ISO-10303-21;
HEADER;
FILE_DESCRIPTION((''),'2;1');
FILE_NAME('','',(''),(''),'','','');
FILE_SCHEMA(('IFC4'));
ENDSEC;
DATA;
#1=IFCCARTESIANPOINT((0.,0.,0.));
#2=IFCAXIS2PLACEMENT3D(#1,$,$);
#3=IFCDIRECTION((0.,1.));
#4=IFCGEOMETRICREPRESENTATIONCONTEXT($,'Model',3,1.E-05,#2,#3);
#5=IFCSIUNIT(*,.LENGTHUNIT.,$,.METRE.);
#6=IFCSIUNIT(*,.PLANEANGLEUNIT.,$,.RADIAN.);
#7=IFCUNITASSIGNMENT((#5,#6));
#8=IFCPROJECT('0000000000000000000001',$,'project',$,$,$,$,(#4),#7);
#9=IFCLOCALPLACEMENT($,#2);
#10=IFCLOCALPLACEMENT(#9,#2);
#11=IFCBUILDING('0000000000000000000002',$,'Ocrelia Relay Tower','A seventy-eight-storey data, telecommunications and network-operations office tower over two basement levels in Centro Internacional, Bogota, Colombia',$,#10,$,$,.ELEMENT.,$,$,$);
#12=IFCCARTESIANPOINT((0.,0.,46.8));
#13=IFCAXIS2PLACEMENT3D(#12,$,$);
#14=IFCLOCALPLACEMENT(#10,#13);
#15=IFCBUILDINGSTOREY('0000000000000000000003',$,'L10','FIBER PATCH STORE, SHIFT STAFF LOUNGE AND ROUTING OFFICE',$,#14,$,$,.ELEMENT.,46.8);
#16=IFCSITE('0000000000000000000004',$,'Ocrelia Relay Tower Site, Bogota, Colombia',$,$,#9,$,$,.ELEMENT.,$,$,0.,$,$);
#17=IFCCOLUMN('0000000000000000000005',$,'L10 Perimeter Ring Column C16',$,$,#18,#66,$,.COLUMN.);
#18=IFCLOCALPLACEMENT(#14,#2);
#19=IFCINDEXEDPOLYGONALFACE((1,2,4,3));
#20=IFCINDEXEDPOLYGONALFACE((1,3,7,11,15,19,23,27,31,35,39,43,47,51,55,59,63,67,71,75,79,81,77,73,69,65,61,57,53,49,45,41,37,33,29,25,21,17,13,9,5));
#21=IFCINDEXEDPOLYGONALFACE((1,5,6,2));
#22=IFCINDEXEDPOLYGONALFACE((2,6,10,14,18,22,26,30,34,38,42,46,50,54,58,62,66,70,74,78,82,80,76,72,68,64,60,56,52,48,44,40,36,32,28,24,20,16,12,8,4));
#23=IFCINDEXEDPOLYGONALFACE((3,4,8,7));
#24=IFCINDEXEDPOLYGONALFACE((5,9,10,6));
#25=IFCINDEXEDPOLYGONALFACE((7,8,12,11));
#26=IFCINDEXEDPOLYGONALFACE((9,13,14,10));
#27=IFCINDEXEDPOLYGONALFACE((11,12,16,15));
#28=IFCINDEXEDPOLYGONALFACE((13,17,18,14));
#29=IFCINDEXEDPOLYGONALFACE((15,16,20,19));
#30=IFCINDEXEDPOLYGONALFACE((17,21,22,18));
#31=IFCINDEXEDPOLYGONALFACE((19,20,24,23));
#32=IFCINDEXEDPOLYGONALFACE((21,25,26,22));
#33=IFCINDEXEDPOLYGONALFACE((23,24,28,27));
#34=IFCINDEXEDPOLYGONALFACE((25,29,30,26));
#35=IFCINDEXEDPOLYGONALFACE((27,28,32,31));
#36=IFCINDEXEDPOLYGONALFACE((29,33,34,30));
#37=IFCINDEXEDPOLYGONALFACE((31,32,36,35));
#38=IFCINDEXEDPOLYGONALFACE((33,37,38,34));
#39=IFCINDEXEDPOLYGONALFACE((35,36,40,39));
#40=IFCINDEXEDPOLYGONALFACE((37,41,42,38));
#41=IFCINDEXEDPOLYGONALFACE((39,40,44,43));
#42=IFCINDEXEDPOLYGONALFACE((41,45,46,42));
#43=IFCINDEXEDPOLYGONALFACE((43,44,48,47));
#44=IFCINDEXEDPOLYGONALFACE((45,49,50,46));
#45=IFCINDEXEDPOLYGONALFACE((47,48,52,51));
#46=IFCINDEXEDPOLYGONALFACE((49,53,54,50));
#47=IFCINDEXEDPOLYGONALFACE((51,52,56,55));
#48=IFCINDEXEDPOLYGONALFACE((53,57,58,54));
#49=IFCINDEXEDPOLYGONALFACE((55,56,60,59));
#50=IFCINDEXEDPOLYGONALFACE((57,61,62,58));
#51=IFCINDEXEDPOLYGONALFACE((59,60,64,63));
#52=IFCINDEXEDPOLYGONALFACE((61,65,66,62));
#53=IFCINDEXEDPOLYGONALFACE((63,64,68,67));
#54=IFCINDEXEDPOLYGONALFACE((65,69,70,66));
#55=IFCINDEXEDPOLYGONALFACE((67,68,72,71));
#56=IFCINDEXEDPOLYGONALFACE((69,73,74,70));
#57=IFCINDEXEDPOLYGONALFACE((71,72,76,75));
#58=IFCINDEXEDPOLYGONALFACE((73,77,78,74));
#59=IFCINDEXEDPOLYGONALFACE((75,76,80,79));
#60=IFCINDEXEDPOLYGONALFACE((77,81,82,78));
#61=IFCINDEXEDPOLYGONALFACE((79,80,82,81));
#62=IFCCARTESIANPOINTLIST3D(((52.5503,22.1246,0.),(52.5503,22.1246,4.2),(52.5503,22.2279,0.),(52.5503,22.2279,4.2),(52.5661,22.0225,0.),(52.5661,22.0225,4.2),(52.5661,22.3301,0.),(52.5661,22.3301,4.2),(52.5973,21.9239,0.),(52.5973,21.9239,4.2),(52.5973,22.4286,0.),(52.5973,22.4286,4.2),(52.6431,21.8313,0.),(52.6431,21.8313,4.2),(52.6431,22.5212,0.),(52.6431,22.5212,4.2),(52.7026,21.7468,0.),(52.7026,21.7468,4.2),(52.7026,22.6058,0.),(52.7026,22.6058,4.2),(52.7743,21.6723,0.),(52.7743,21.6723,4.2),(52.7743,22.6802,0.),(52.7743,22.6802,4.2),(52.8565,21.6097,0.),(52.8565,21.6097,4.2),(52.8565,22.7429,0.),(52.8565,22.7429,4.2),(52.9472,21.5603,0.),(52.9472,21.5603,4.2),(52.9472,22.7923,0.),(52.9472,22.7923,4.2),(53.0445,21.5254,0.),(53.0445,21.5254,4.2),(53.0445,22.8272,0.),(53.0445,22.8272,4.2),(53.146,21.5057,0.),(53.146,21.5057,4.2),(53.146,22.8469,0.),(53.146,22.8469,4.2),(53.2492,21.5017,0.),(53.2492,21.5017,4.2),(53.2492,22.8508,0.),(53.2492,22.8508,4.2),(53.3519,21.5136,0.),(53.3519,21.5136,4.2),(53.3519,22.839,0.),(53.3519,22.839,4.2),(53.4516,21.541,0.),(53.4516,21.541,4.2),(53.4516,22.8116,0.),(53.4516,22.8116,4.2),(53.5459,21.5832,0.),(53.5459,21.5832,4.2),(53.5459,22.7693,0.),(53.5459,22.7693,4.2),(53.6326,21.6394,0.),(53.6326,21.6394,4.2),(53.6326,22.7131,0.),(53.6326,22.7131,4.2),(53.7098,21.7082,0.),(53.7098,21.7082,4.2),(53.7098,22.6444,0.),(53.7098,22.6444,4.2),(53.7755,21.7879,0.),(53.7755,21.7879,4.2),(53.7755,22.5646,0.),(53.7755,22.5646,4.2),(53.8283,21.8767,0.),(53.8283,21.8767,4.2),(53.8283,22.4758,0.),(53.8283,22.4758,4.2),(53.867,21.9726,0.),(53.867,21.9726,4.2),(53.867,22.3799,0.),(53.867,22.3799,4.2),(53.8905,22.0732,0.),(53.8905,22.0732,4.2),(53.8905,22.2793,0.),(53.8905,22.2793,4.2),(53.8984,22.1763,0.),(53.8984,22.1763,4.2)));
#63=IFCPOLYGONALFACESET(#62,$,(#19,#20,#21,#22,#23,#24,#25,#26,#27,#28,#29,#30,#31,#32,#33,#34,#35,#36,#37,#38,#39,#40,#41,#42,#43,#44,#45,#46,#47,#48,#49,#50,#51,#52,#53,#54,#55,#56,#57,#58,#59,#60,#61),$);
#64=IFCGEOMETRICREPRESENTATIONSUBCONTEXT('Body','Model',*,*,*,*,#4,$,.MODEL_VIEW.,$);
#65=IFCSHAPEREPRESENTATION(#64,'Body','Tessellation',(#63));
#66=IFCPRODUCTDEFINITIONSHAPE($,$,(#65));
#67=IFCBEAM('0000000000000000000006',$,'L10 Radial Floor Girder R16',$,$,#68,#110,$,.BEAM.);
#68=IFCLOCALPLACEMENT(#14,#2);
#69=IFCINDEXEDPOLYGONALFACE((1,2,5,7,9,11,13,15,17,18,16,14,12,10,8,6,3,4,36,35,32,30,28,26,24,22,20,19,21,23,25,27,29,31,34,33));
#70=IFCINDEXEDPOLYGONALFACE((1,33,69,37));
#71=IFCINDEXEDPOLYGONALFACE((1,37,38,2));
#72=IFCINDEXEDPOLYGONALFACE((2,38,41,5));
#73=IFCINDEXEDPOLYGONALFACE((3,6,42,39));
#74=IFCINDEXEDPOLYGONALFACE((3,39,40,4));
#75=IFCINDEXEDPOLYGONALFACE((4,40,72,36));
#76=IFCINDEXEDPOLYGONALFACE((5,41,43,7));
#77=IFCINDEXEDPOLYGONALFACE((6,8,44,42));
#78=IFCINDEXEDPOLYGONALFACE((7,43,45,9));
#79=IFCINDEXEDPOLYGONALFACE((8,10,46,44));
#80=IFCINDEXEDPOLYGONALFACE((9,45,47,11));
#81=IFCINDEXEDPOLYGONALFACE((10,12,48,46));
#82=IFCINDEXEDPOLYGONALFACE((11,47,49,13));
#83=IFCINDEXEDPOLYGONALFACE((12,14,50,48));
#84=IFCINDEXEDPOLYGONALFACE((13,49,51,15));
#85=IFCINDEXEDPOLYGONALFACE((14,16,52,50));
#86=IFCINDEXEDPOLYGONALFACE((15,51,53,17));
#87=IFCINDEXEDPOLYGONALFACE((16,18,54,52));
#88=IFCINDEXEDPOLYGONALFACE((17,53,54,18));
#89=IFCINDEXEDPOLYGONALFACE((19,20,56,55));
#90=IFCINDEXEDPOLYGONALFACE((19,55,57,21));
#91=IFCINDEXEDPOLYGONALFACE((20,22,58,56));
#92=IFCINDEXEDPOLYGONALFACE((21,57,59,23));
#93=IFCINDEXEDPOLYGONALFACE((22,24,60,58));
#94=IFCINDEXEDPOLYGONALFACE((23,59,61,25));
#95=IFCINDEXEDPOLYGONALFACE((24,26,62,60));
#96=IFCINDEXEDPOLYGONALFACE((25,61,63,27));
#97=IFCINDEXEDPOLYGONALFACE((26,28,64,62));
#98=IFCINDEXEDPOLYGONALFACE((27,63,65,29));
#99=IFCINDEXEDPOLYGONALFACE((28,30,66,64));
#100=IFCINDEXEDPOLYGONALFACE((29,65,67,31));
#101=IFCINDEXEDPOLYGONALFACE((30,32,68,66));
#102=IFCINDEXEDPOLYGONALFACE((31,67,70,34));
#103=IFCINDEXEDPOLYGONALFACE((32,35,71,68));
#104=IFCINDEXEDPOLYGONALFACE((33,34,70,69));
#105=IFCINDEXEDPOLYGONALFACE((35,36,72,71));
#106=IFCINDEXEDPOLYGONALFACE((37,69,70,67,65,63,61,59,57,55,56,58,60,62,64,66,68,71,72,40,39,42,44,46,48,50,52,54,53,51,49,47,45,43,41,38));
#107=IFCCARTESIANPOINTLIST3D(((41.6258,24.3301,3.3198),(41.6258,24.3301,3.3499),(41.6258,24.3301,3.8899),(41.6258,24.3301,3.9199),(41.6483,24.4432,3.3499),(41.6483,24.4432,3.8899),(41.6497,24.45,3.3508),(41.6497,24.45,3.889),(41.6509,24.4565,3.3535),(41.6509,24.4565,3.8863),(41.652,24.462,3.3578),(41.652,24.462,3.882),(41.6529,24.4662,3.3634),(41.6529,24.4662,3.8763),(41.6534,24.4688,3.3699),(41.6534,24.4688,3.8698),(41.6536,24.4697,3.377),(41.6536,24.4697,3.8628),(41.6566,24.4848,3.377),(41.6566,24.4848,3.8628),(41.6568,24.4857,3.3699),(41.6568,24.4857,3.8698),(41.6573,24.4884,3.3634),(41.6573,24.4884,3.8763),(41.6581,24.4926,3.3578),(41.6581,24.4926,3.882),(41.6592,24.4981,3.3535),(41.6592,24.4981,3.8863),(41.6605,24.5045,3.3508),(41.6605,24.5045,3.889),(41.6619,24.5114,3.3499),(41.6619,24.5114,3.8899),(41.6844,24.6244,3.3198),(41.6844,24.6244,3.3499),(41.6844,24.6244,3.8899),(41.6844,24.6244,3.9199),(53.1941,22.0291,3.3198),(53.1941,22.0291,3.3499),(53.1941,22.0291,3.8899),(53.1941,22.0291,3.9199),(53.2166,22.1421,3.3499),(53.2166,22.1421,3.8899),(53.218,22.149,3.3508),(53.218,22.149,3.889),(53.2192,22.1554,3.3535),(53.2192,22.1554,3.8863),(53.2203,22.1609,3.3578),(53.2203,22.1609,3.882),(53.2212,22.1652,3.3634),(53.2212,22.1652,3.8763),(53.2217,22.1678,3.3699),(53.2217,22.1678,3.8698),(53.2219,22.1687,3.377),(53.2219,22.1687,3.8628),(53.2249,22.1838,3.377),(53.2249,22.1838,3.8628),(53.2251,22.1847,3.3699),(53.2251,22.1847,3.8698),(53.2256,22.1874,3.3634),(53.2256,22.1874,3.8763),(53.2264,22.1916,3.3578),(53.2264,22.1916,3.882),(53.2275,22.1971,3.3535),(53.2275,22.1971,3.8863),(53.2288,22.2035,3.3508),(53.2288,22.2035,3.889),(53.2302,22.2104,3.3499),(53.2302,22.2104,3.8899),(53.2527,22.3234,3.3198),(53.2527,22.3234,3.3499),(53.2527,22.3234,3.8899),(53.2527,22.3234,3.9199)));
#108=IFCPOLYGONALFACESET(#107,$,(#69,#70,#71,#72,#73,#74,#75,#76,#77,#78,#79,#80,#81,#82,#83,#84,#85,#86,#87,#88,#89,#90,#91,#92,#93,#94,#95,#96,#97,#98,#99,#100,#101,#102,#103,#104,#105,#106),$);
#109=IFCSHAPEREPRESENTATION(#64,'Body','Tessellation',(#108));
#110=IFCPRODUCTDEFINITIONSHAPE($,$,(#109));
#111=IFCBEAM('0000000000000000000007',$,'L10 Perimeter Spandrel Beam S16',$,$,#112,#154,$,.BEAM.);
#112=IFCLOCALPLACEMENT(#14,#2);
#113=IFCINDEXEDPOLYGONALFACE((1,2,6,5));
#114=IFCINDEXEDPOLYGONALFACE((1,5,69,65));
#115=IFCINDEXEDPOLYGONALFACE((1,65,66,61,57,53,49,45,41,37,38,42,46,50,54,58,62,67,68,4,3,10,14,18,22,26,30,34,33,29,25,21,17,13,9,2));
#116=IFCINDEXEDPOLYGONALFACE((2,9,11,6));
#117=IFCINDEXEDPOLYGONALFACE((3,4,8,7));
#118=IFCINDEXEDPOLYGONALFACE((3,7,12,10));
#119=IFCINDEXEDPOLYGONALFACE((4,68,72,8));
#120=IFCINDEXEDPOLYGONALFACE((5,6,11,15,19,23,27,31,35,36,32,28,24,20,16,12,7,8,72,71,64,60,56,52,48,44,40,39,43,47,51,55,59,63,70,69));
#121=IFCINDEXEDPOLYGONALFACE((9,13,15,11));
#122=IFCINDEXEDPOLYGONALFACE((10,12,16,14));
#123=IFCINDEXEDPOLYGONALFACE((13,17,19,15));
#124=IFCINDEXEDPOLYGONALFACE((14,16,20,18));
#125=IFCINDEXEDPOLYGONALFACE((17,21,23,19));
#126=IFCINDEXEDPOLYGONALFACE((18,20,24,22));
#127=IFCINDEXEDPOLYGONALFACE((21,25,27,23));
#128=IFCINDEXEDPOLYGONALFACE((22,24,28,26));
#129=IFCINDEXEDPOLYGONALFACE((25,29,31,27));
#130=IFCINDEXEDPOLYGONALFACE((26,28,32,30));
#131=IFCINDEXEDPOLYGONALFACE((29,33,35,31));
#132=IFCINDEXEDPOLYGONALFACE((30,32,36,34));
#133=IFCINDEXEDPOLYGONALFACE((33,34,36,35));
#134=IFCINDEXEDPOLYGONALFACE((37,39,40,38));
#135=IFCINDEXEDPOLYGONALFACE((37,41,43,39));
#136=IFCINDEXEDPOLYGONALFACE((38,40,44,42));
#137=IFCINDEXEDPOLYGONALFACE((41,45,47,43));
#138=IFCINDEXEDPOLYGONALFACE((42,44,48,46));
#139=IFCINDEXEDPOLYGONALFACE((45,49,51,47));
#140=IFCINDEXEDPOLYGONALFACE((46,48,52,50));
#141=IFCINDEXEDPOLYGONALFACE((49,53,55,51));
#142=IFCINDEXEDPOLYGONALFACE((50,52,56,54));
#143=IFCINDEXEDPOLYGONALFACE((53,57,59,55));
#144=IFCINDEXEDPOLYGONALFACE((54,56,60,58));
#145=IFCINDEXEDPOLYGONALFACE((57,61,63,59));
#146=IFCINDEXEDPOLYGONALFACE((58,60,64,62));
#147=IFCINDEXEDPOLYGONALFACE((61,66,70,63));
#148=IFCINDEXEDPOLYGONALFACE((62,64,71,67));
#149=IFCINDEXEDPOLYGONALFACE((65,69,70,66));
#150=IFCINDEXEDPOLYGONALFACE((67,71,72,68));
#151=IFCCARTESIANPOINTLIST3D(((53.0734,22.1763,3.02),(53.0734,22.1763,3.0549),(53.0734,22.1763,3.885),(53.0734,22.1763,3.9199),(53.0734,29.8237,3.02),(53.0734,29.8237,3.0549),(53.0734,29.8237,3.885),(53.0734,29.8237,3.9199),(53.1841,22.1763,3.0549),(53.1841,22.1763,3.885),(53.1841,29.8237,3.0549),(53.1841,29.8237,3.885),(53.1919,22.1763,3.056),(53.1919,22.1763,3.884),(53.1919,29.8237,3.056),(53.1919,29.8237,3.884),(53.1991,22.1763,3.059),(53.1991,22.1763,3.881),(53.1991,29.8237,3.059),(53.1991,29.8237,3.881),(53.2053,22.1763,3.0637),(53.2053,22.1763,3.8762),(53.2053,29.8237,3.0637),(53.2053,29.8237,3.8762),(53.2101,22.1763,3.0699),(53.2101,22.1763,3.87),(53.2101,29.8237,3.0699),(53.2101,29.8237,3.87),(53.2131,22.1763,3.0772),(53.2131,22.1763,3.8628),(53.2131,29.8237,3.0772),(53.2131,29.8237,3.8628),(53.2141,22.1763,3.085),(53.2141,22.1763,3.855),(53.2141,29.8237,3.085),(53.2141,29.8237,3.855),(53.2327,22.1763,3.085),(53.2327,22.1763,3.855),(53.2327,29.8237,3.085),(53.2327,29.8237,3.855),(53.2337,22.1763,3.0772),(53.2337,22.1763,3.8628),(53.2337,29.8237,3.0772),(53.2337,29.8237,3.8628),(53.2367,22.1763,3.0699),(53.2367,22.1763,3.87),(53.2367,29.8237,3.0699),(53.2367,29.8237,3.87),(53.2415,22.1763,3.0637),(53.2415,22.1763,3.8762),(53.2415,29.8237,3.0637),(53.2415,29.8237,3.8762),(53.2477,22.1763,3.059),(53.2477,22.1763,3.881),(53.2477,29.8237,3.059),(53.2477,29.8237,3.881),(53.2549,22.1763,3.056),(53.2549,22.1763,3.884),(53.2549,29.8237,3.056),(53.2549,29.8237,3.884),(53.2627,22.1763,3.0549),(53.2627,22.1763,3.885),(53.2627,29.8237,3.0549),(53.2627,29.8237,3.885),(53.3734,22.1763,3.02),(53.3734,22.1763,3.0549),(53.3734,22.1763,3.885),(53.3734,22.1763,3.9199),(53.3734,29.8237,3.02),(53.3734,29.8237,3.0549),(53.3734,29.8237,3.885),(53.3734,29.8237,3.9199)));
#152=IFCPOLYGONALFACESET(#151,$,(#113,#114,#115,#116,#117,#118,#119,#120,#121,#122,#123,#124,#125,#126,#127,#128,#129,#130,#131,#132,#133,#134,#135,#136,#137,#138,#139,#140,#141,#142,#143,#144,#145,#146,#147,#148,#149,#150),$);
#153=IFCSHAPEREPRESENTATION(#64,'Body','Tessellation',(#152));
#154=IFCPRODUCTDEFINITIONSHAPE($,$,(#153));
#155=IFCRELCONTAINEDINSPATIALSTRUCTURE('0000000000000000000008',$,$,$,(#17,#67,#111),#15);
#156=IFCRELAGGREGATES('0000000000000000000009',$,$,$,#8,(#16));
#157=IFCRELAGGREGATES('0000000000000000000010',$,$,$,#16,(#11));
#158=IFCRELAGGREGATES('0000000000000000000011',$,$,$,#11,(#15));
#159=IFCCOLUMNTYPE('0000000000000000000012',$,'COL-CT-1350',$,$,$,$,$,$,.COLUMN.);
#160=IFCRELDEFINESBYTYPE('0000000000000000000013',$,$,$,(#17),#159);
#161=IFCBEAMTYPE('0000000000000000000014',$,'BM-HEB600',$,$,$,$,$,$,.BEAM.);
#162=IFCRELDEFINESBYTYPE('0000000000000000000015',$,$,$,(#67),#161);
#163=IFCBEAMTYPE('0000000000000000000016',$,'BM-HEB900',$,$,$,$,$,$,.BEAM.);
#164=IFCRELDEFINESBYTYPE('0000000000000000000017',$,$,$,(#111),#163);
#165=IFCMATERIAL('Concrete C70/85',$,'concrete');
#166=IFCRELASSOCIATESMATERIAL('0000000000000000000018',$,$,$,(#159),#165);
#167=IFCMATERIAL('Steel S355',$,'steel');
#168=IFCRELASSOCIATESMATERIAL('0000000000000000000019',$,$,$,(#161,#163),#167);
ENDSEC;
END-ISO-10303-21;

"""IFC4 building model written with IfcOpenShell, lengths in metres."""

from ifc_helpers import new_model, si_unit, direction, frame, origin, origin_2d, place, context, subcontext, project, spatial, circle, i_section, extrude, material, material_profile, profile_set, type_object, element, save


model = new_model("IFC4")

# Units and contexts
model_context = context("Model", 3, precision=1e-05, world=origin(), true_north=direction((0.0, 1.0)))
body_context = subcontext(model_context, "Body", "Model", "MODEL_VIEW")
ifc_project = project(units=[si_unit("LENGTHUNIT", "METRE"), si_unit("PLANEANGLEUNIT", "RADIAN")], contexts=[model_context])

# Site, building, storey
site_placement = place(None, origin())
site = spatial("IfcSite", under=ifc_project, at=site_placement, Name="Ocrelia Relay Tower Site, Bogota, Colombia", CompositionType="ELEMENT", RefElevation=0.0)
building_placement = place(site_placement, origin())
building = spatial("IfcBuilding", under=site, at=building_placement, Name="Ocrelia Relay Tower", Description="A seventy-eight-storey data, telecommunications and network-operations office tower over two basement levels in Centro Internacional, Bogota, Colombia", CompositionType="ELEMENT")
storey_placement = place(building_placement, frame((0.0, 0.0, 46.8)))
storey = spatial("IfcBuildingStorey", under=building, at=storey_placement, Name="L10", Description="FIBER PATCH STORE, SHIFT STAFF LOUNGE AND ROUTING OFFICE", CompositionType="ELEMENT", Elevation=46.8)

# Column
ifc_material_1 = material(Name="Concrete C70/85", Category="concrete")
ifc_material_profile_1 = material_profile(ifc_material_1, circle(Radius=0.675, at=origin_2d()), Name="RC-CIR-1350")
ifc_profile_set_1 = profile_set([ifc_material_profile_1], Name="Concrete C70/85")
column_type = type_object("IfcColumnType", Name="COL-CT-1350", PredefinedType="COLUMN", material=ifc_profile_set_1)
column_placement = place(storey_placement, frame((53.2234, 22.1763, 0.0), z_axis=(0.0, 0.0, 1.0), x_axis=(1.0, 0.0, 0.0)))
element("IfcColumn", 1, at=column_placement, inside=storey, type_object=column_type, Name="L10 Perimeter Ring Column C16", PredefinedType="COLUMN", context=body_context, shape_type="SweptSolid", body=[
    extrude(circle(Radius=0.675, at=origin_2d()), origin(), (0.0, 0.0, 1.0), 4.2),
])

# Beams
ifc_material_2 = material(Name="Steel S355", Category="steel")
ifc_material_profile_2 = material_profile(ifc_material_2, i_section(OverallWidth=0.3, OverallDepth=0.6001, WebThickness=0.0154, FlangeThickness=0.03, FilletRadius=0.0271, at=origin_2d()), Name="HEB 600")
ifc_profile_set_2 = profile_set([ifc_material_profile_2], Name="Steel S355")
beam_type_1 = type_object("IfcBeamType", Name="BM-HEB600", PredefinedType="BEAM", material=ifc_profile_set_2)
beam_1_placement = place(storey_placement, frame((53.2234, 22.1763, 3.6199), z_axis=(-0.980786, 0.195085, 0.0), x_axis=(-0.195085, -0.980786, 0.0)))
element("IfcBeam", 2, at=beam_1_placement, inside=storey, type_object=beam_type_1, Name="L10 Radial Floor Girder R16", PredefinedType="BEAM", context=body_context, shape_type="SweptSolid", body=[
    extrude(i_section(OverallWidth=0.3, OverallDepth=0.6001, WebThickness=0.0154, FlangeThickness=0.03, FilletRadius=0.0271, at=origin_2d()), origin(), (0.0, 0.0, 1.0), 11.7949),
])
ifc_material_profile_3 = material_profile(ifc_material_2, i_section(OverallWidth=0.3, OverallDepth=0.8999, WebThickness=0.0186, FlangeThickness=0.0349, FilletRadius=0.03, at=origin_2d()), Name="HEB 900")
ifc_profile_set_3 = profile_set([ifc_material_profile_3], Name="Steel S355")
beam_type_2 = type_object("IfcBeamType", Name="BM-HEB900", PredefinedType="BEAM", material=ifc_profile_set_3)
beam_2_placement = place(storey_placement, frame((53.2234, 22.1763, 3.47), z_axis=(0.0, 1.0, 0.0), x_axis=(-1.0, 0.0, 0.0)))
element("IfcBeam", 3, at=beam_2_placement, inside=storey, type_object=beam_type_2, Name="L10 Perimeter Spandrel Beam S16", PredefinedType="BEAM", context=body_context, shape_type="SweptSolid", body=[
    extrude(i_section(OverallWidth=0.3, OverallDepth=0.8999, WebThickness=0.0186, FlangeThickness=0.0349, FilletRadius=0.03, at=origin_2d()), origin(), (0.0, 0.0, 1.0), 7.6475),
])

save(model, "model.ifc")
